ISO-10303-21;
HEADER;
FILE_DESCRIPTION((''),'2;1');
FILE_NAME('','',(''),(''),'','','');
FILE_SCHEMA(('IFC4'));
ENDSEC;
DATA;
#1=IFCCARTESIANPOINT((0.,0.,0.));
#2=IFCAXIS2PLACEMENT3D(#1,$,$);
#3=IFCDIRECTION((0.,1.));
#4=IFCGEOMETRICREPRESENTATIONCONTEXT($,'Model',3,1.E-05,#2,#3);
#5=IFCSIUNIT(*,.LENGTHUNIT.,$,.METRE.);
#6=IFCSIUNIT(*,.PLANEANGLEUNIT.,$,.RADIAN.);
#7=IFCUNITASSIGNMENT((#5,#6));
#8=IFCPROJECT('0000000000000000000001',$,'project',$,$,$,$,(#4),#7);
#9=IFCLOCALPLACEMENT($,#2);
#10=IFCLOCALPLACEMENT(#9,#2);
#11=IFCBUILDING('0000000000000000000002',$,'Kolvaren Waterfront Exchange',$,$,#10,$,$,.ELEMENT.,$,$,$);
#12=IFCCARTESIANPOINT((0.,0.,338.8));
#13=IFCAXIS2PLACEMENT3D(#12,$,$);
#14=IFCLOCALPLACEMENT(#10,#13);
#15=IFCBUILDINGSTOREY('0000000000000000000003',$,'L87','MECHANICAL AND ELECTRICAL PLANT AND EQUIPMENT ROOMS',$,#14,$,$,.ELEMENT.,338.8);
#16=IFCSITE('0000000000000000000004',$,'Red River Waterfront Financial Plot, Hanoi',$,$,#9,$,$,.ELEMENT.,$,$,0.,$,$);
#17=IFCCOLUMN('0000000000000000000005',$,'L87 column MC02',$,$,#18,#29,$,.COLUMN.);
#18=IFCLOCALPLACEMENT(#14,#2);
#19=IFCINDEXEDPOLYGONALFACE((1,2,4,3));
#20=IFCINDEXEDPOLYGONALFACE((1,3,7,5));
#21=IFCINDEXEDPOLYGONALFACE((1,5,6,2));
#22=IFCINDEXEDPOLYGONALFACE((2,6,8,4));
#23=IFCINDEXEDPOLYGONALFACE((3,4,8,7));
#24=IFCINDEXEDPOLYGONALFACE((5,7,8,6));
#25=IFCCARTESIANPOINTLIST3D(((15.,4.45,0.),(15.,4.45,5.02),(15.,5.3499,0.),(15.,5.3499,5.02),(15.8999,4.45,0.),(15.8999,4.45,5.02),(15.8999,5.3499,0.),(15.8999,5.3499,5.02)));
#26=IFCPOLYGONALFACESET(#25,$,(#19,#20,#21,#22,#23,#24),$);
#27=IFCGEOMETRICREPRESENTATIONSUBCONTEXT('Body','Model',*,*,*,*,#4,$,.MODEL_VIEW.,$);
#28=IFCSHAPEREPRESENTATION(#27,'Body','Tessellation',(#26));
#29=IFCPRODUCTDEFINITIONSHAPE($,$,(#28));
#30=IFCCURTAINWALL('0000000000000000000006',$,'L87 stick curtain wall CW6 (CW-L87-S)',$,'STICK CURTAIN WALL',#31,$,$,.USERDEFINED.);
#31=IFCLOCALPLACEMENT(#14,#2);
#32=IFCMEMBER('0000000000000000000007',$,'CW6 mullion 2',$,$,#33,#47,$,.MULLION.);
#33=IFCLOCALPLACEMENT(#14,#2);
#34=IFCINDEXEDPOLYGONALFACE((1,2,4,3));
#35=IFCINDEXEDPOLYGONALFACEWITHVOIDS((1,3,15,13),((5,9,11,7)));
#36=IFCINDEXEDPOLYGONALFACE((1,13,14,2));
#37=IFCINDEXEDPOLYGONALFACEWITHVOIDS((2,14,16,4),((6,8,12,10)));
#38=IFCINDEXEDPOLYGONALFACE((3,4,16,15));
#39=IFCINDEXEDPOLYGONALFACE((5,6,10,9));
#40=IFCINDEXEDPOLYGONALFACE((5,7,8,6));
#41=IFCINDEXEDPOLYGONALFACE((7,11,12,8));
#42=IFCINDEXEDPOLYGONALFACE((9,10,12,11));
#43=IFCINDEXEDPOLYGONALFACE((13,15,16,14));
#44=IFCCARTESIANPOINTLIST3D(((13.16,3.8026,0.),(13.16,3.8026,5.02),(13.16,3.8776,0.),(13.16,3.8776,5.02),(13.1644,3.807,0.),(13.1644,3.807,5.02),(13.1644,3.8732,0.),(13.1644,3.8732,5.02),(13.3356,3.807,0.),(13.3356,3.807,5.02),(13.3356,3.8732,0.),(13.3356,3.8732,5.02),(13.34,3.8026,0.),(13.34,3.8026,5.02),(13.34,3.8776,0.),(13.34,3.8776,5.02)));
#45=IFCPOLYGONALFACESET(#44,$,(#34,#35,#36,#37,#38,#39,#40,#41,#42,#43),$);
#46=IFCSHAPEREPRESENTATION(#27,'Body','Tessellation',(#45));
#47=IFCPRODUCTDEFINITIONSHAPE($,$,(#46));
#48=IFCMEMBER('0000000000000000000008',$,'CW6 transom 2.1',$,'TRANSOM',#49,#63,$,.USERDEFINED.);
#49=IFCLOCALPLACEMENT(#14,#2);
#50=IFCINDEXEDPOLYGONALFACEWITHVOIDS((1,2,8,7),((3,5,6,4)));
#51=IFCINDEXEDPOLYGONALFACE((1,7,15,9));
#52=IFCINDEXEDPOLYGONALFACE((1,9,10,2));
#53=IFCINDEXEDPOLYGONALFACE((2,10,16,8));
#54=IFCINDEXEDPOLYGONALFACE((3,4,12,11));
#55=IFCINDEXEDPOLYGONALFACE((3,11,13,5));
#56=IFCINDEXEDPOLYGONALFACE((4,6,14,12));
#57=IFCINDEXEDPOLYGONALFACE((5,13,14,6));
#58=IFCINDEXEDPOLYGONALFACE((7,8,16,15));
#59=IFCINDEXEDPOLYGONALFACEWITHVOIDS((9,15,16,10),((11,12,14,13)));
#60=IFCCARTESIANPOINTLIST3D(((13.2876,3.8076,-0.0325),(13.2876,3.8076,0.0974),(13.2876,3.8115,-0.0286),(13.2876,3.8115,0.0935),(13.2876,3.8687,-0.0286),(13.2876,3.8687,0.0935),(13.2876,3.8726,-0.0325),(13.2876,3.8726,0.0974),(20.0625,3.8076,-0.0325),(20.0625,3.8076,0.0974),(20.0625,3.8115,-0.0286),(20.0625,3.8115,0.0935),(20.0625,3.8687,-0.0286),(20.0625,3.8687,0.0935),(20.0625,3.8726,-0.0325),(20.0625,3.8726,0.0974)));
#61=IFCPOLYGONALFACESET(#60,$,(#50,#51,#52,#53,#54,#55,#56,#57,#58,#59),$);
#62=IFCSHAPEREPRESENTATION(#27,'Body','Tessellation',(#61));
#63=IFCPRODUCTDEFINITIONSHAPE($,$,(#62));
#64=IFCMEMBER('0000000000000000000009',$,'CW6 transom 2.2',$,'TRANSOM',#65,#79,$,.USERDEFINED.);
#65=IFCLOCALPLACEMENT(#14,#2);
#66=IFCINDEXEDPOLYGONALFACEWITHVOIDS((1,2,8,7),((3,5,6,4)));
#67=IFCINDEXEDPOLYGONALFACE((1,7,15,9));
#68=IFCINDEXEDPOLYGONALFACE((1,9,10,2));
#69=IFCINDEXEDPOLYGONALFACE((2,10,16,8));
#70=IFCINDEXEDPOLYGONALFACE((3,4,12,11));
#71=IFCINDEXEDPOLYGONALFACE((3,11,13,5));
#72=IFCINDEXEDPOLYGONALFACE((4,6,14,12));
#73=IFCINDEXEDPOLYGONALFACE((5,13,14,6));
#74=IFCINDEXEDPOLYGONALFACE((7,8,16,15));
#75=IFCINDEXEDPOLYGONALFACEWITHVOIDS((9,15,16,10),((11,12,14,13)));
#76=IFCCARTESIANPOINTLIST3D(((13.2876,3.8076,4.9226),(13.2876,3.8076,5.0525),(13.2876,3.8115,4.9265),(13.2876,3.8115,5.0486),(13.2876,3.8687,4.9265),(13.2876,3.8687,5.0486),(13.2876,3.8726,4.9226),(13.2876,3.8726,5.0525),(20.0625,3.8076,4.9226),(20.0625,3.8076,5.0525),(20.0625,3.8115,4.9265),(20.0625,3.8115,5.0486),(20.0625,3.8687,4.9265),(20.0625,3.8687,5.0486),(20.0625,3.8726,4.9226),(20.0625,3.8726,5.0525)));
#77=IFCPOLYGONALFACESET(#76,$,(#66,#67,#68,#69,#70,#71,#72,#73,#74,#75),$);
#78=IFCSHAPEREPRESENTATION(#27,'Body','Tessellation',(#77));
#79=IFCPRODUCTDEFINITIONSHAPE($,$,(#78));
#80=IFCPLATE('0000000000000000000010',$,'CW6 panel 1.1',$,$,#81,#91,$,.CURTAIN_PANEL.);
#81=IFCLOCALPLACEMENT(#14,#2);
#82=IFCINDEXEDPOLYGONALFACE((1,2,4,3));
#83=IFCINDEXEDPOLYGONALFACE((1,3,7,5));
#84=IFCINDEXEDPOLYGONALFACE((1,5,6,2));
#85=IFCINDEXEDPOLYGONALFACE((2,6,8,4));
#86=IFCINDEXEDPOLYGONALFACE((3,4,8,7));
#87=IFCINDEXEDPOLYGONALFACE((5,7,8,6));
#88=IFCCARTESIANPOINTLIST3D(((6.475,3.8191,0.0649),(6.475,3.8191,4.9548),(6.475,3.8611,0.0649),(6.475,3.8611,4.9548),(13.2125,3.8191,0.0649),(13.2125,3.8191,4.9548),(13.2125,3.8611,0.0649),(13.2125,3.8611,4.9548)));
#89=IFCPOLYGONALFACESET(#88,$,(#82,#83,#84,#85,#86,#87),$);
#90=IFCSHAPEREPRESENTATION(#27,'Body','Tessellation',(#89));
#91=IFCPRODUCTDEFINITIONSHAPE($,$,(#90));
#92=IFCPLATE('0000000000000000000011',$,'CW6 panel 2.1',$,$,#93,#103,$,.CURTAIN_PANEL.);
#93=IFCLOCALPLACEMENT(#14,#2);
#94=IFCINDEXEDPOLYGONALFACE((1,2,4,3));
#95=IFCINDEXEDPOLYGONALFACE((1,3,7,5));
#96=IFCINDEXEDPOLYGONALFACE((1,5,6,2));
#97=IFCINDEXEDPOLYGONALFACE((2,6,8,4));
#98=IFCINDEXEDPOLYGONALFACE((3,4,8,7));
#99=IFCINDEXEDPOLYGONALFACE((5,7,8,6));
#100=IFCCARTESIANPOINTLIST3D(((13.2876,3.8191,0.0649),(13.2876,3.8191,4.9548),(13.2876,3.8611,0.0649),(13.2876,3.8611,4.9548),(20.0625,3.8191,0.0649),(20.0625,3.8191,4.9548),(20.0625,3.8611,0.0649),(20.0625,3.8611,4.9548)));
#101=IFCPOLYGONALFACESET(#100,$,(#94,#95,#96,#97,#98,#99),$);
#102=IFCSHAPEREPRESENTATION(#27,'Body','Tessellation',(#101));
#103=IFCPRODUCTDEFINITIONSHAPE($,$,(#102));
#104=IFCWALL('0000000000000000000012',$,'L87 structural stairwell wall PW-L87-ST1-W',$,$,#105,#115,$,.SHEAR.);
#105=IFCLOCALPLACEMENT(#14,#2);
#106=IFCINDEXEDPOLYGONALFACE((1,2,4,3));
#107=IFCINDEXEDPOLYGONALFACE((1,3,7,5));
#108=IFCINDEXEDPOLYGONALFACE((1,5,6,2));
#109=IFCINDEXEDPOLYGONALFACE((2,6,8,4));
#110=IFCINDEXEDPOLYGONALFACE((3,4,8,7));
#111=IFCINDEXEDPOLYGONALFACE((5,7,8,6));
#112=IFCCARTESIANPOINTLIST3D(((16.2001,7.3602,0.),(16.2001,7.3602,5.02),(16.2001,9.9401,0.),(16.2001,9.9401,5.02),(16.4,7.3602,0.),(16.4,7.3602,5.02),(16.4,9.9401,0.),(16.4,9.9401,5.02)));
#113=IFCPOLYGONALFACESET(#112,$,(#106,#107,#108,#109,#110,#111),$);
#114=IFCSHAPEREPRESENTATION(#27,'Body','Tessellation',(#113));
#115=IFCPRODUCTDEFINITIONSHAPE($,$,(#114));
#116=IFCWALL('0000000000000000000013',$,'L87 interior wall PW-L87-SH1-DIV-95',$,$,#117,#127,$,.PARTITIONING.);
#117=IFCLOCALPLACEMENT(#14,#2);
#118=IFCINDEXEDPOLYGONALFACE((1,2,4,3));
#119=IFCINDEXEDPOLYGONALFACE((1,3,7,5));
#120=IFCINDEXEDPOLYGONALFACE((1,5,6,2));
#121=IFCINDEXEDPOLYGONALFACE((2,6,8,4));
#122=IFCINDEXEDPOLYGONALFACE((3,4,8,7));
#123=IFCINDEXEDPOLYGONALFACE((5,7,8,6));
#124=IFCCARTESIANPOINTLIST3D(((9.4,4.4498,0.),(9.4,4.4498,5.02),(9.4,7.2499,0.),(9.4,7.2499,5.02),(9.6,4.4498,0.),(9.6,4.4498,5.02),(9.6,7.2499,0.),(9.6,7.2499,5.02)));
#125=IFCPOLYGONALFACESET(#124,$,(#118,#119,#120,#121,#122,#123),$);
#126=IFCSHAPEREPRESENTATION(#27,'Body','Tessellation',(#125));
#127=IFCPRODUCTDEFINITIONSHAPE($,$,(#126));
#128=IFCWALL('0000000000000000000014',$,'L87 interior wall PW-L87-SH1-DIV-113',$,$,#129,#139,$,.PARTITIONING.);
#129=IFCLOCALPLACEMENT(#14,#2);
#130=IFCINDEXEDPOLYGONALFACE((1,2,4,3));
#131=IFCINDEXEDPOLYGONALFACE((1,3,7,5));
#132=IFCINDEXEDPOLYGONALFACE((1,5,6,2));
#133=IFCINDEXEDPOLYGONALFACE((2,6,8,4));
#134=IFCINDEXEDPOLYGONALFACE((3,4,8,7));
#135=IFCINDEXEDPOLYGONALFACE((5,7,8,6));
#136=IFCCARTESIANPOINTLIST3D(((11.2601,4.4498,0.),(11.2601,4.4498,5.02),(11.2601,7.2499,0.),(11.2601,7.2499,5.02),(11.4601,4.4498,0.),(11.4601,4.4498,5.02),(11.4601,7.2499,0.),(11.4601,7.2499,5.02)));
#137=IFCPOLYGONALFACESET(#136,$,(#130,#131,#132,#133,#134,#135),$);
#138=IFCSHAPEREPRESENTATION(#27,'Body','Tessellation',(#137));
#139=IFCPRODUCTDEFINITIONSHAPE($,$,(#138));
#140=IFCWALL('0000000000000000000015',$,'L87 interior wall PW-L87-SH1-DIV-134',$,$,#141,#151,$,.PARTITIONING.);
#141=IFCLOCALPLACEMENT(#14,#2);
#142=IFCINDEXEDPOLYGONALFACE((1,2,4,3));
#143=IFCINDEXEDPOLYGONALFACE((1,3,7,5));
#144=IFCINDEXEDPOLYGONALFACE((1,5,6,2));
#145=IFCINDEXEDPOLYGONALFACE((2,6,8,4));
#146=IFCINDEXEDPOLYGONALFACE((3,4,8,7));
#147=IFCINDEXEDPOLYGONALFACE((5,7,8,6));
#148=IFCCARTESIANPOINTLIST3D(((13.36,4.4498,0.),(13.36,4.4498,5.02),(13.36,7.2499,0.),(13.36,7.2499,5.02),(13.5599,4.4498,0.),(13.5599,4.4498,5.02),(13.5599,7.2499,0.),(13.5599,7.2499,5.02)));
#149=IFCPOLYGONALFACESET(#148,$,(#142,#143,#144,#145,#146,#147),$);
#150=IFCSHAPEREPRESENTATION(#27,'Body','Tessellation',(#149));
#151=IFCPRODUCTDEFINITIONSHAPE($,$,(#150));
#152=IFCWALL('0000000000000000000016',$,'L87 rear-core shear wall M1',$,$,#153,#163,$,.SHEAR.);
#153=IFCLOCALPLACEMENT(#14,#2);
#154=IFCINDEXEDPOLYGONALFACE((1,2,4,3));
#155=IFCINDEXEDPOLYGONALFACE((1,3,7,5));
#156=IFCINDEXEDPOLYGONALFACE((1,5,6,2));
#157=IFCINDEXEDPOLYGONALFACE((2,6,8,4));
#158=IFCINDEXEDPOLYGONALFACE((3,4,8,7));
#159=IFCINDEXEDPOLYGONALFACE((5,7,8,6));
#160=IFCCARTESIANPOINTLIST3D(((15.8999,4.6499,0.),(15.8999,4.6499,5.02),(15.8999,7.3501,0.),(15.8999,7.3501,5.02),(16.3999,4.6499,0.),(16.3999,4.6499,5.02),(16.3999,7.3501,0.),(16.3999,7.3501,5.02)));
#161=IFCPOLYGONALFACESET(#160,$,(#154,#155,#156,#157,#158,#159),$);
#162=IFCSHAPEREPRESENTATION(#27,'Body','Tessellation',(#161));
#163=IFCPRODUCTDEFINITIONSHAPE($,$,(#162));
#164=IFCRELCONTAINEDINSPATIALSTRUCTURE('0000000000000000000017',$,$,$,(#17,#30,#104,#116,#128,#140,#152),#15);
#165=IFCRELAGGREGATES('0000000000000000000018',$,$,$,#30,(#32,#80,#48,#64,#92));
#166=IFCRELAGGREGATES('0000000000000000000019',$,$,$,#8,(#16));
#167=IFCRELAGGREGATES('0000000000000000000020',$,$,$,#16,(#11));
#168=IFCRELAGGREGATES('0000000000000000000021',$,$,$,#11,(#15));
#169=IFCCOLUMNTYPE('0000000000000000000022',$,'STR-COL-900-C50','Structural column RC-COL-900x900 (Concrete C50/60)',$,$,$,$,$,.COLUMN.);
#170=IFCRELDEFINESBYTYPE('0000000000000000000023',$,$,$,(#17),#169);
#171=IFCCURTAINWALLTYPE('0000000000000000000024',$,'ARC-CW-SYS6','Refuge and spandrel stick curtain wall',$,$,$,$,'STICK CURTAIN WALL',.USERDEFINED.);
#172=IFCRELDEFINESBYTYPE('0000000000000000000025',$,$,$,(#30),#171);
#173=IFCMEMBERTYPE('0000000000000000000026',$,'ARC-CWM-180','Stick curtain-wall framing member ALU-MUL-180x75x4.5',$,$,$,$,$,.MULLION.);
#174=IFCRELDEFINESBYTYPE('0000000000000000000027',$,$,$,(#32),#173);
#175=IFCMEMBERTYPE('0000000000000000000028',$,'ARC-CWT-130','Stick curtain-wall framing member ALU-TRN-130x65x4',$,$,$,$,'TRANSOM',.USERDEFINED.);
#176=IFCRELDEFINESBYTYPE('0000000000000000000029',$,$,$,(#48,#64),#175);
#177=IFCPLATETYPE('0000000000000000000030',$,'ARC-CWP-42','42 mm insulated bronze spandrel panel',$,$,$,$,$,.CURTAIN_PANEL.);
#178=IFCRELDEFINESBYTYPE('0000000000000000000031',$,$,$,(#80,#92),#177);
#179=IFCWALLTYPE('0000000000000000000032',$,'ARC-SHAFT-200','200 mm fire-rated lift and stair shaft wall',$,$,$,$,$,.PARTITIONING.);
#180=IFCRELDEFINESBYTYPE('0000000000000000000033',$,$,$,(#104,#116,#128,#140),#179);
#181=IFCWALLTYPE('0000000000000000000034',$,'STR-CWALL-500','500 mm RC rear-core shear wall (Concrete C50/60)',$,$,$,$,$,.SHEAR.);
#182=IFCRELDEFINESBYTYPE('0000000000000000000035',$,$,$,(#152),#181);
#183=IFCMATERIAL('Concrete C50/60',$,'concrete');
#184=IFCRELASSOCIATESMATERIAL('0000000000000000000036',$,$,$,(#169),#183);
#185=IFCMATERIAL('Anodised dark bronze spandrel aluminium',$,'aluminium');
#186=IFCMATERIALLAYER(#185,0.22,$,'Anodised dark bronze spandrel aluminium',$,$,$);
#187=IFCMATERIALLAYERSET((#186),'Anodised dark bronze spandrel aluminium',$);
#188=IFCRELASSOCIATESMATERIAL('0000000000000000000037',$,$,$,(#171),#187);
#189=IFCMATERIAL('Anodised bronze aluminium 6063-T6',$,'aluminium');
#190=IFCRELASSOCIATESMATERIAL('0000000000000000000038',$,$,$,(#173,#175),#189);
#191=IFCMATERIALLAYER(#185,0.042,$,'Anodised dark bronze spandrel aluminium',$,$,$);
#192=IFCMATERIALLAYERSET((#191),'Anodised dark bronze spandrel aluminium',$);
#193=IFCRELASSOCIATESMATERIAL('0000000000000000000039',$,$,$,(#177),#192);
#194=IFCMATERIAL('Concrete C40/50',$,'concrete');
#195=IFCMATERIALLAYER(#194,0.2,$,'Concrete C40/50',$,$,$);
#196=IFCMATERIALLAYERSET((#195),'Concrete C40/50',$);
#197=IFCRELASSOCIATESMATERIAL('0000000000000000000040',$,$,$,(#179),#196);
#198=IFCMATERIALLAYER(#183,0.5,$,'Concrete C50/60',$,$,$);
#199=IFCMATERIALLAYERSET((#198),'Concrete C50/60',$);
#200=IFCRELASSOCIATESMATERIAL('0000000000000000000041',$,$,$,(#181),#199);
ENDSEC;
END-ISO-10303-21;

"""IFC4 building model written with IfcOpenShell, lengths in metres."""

from ifc_helpers import new_model, si_unit, direction, frame, frame_2d, origin, origin_with_axes, origin_2d, place, context, subcontext, project, spatial, rectangle, hollow_rectangle, extrude, source, transform, mapped, material, layer, layer_set, material_profile, profile_set, type_object, element, aggregate, save


model = new_model("IFC4")

# Units and contexts
model_context = context("Model", 3, precision=1e-05, world=origin(), true_north=direction((0.0, 1.0)))
body_context = subcontext(model_context, "Body", "Model", "MODEL_VIEW")
ifc_project = project(units=[si_unit("LENGTHUNIT", "METRE"), si_unit("PLANEANGLEUNIT", "RADIAN")], contexts=[model_context])

# Site, building, storey
site_placement = place(None, origin())
site = spatial("IfcSite", under=ifc_project, at=site_placement, Name="Red River Waterfront Financial Plot, Hanoi", CompositionType="ELEMENT", RefElevation=0.0)
building_placement = place(site_placement, origin())
building = spatial("IfcBuilding", under=site, at=building_placement, Name="Kolvaren Waterfront Exchange", CompositionType="ELEMENT")
storey_placement = place(building_placement, frame((0.0, 0.0, 338.8)))
storey = spatial("IfcBuildingStorey", under=building, at=storey_placement, Name="L87", Description="MECHANICAL AND ELECTRICAL PLANT AND EQUIPMENT ROOMS", CompositionType="ELEMENT", Elevation=338.8)

# Column
ifc_material_1 = material(Name="Concrete C50/60", Category="concrete")
ifc_material_profile_1 = material_profile(ifc_material_1, rectangle(XDim=0.8999, YDim=0.8999, at=origin_2d()), Name="RC-COL-900x900")
ifc_profile_set_1 = profile_set([ifc_material_profile_1], Name="Concrete C50/60")
column_type = type_object("IfcColumnType", Name="STR-COL-900-C50", Description="Structural column RC-COL-900x900 (Concrete C50/60)", PredefinedType="COLUMN", material=ifc_profile_set_1)
column_placement = place(storey_placement, frame((15.45, 4.8999, 0.0), z_axis=(0.0, 0.0, 1.0), x_axis=(1.0, 0.0, 0.0)))
element("IfcColumn", 1, at=column_placement, inside=storey, type_object=column_type, Name="L87 column MC02", PredefinedType="COLUMN", context=body_context, shape_type="SweptSolid", body=[
    extrude(rectangle(XDim=0.8999, YDim=0.8999, at=origin_2d()), origin(), (0.0, 0.0, 1.0), 5.02),
])

# Curtain wall, members, plates
ifc_material_2 = material(Name="Anodised dark bronze spandrel aluminium", Category="aluminium")
ifc_layer_1 = layer(ifc_material_2, 0.22, Name="Anodised dark bronze spandrel aluminium")
ifc_layer_set_1 = layer_set([ifc_layer_1], Name="Anodised dark bronze spandrel aluminium")
curtain_wall_type = type_object("IfcCurtainWallType", Name="ARC-CW-SYS6", Description="Refuge and spandrel stick curtain wall", ElementType="STICK CURTAIN WALL", PredefinedType="USERDEFINED", material=ifc_layer_set_1)
curtain_wall_placement = place(storey_placement, origin())
curtain_wall = element("IfcCurtainWall", 2, at=curtain_wall_placement, inside=storey, type_object=curtain_wall_type, Name="L87 stick curtain wall CW6 (CW-L87-S)", ObjectType="STICK CURTAIN WALL", PredefinedType="USERDEFINED")
ifc_material_3 = material(Name="Anodised bronze aluminium 6063-T6", Category="aluminium")
ifc_material_profile_2 = material_profile(ifc_material_3, hollow_rectangle(XDim=0.075, YDim=0.1799, WallThickness=0.0044, at=origin_2d()), Name="ALU-MUL-180x75x4.5")
ifc_profile_set_2 = profile_set([ifc_material_profile_2], Name="Anodised bronze aluminium 6063-T6")
member_type_1 = type_object("IfcMemberType", Name="ARC-CWM-180", Description="Stick curtain-wall framing member ALU-MUL-180x75x4.5", PredefinedType="MULLION", material=ifc_profile_set_2)
shared_shape_1 = source(origin_with_axes(), body_context, "Body", "SweptSolid", [
    extrude(hollow_rectangle(XDim=0.075, YDim=0.1799, WallThickness=0.0044, at=origin_2d()), origin(), (0.0, 0.0, 1.0), 5.02),
])
member_1_placement = place(storey_placement, frame((13.25, 3.8401, 0.0), z_axis=(0.0, 0.0, 1.0), x_axis=(0.0, 1.0, 0.0)))
member_1 = element("IfcMember", 3, at=member_1_placement, type_object=member_type_1, Name="CW6 mullion 2", PredefinedType="MULLION", context=body_context, shape_type="MappedRepresentation", body=[
    mapped(shared_shape_1, transform((0.0, 0.0, 0.0), x_axis=(1.0, 0.0, 0.0), y_axis=(0.0, 1.0, 0.0), z_axis=(0.0, 0.0, 1.0), scale=1.0)),
])
ifc_material_profile_3 = material_profile(ifc_material_3, hollow_rectangle(XDim=0.0649, YDim=0.1299, WallThickness=0.0039, at=origin_2d()), Name="ALU-TRN-130x65x4")
ifc_profile_set_3 = profile_set([ifc_material_profile_3], Name="Anodised bronze aluminium 6063-T6")
member_type_2 = type_object("IfcMemberType", Name="ARC-CWT-130", Description="Stick curtain-wall framing member ALU-TRN-130x65x4", ElementType="TRANSOM", PredefinedType="USERDEFINED", material=ifc_profile_set_3)
shared_shape_2 = source(origin_with_axes(), body_context, "Body", "SweptSolid", [
    extrude(hollow_rectangle(XDim=0.0649, YDim=0.1299, WallThickness=0.0039, at=origin_2d()), origin(), (0.0, 0.0, 1.0), 6.7749),
])
member_2_placement = place(storey_placement, frame((13.2876, 3.8401, 0.0325), z_axis=(1.0, 0.0, 0.0), x_axis=(0.0, 1.0, 0.0)))
member_2 = element("IfcMember", 4, at=member_2_placement, type_object=member_type_2, Name="CW6 transom 2.1", ObjectType="TRANSOM", PredefinedType="USERDEFINED", context=body_context, shape_type="MappedRepresentation", body=[
    mapped(shared_shape_2, transform((0.0, 0.0, 0.0), x_axis=(1.0, 0.0, 0.0), y_axis=(0.0, 1.0, 0.0), z_axis=(0.0, 0.0, 1.0), scale=1.0)),
])
member_3_placement = place(storey_placement, frame((13.2876, 3.8401, 4.9875), z_axis=(1.0, 0.0, 0.0), x_axis=(0.0, 1.0, 0.0)))
member_3 = element("IfcMember", 5, at=member_3_placement, type_object=member_type_2, Name="CW6 transom 2.2", ObjectType="TRANSOM", PredefinedType="USERDEFINED", context=body_context, shape_type="MappedRepresentation", body=[
    mapped(shared_shape_2, transform((0.0, 0.0, 0.0), x_axis=(1.0, 0.0, 0.0), y_axis=(0.0, 1.0, 0.0), z_axis=(0.0, 0.0, 1.0), scale=1.0)),
])
ifc_layer_2 = layer(ifc_material_2, 0.042, Name="Anodised dark bronze spandrel aluminium")
ifc_layer_set_2 = layer_set([ifc_layer_2], Name="Anodised dark bronze spandrel aluminium")
plate_type = type_object("IfcPlateType", Name="ARC-CWP-42", Description="42 mm insulated bronze spandrel panel", PredefinedType="CURTAIN_PANEL", material=ifc_layer_set_2)
shared_shape_3 = source(origin_with_axes(), body_context, "Body", "SweptSolid", [
    extrude(rectangle(XDim=6.7375, YDim=0.042, at=origin_2d()), origin(), (0.0, 0.0, 1.0), 4.8899),
])
plate_1_placement = place(storey_placement, frame((9.8438, 3.8401, 0.0649), z_axis=(0.0, 0.0, 1.0), x_axis=(1.0, 0.0, 0.0)))
plate_1 = element("IfcPlate", 6, at=plate_1_placement, type_object=plate_type, Name="CW6 panel 1.1", PredefinedType="CURTAIN_PANEL", context=body_context, shape_type="MappedRepresentation", body=[
    mapped(shared_shape_3, transform((0.0, 0.0, 0.0), x_axis=(1.0, 0.0, 0.0), y_axis=(0.0, 1.0, 0.0), z_axis=(0.0, 0.0, 1.0), scale=1.0)),
])
shared_shape_4 = source(origin_with_axes(), body_context, "Body", "SweptSolid", [
    extrude(rectangle(XDim=6.7749, YDim=0.042, at=origin_2d()), origin(), (0.0, 0.0, 1.0), 4.8899),
])
plate_2_placement = place(storey_placement, frame((16.675, 3.8401, 0.0649), z_axis=(0.0, 0.0, 1.0), x_axis=(1.0, 0.0, 0.0)))
plate_2 = element("IfcPlate", 7, at=plate_2_placement, type_object=plate_type, Name="CW6 panel 2.1", PredefinedType="CURTAIN_PANEL", context=body_context, shape_type="MappedRepresentation", body=[
    mapped(shared_shape_4, transform((0.0, 0.0, 0.0), x_axis=(1.0, 0.0, 0.0), y_axis=(0.0, 1.0, 0.0), z_axis=(0.0, 0.0, 1.0), scale=1.0)),
])
aggregate(curtain_wall, [member_1, plate_1, member_2, member_3, plate_2])

# Walls
ifc_material_4 = material(Name="Concrete C40/50", Category="concrete")
ifc_layer_3 = layer(ifc_material_4, 0.2, Name="Concrete C40/50")
ifc_layer_set_3 = layer_set([ifc_layer_3], Name="Concrete C40/50")
wall_type_1 = type_object("IfcWallType", Name="ARC-SHAFT-200", Description="200 mm fire-rated lift and stair shaft wall", PredefinedType="PARTITIONING", material=ifc_layer_set_3)
wall_1_placement = place(storey_placement, frame((16.3, 7.3601, 0.0), z_axis=(0.0, 0.0, 1.0), x_axis=(0.0, 1.0, 0.0)))
element("IfcWall", 8, at=wall_1_placement, inside=storey, type_object=wall_type_1, Name="L87 structural stairwell wall PW-L87-ST1-W", PredefinedType="SHEAR", context=body_context, shape_type="SweptSolid", body=[
    extrude(rectangle(XDim=2.5798, YDim=0.2, at=frame_2d((1.29, 0.0))), origin(), (0.0, 0.0, 1.0), 5.02),
])
for number, where, z_axis, x_axis, name in (
    (9, (9.5, 4.45, 0.0), (0.0, 0.0, 1.0), (0.0, 1.0, 0.0), "L87 interior wall PW-L87-SH1-DIV-95"),
    (10, (11.3601, 4.45, 0.0), (0.0, 0.0, 1.0), (0.0, 1.0, 0.0), "L87 interior wall PW-L87-SH1-DIV-113"),
    (11, (13.46, 4.45, 0.0), (0.0, 0.0, 1.0), (0.0, 1.0, 0.0), "L87 interior wall PW-L87-SH1-DIV-134"),
):
    element("IfcWall", number, at=place(storey_placement, frame(where, z_axis=z_axis, x_axis=x_axis)), inside=storey, type_object=wall_type_1, Name=name, PredefinedType="PARTITIONING", context=body_context, shape_type="SweptSolid", body=[
        extrude(rectangle(XDim=2.8, YDim=0.2, at=frame_2d((1.3999, 0.0))), origin(), (0.0, 0.0, 1.0), 5.02),
    ])
ifc_layer_4 = layer(ifc_material_1, 0.5, Name="Concrete C50/60")
ifc_layer_set_4 = layer_set([ifc_layer_4], Name="Concrete C50/60")
wall_type_2 = type_object("IfcWallType", Name="STR-CWALL-500", Description="500 mm RC rear-core shear wall (Concrete C50/60)", PredefinedType="SHEAR", material=ifc_layer_set_4)
wall_2_placement = place(storey_placement, frame((16.1499, 4.6499, 0.0), z_axis=(0.0, 0.0, 1.0), x_axis=(0.0, 1.0, 0.0)))
element("IfcWall", 12, at=wall_2_placement, inside=storey, type_object=wall_type_2, Name="L87 rear-core shear wall M1", PredefinedType="SHEAR", context=body_context, shape_type="SweptSolid", body=[
    extrude(rectangle(XDim=2.7002, YDim=0.5, at=frame_2d((1.3501, 0.0))), origin(), (0.0, 0.0, 1.0), 5.02),
])

save(model, "model.ifc")
